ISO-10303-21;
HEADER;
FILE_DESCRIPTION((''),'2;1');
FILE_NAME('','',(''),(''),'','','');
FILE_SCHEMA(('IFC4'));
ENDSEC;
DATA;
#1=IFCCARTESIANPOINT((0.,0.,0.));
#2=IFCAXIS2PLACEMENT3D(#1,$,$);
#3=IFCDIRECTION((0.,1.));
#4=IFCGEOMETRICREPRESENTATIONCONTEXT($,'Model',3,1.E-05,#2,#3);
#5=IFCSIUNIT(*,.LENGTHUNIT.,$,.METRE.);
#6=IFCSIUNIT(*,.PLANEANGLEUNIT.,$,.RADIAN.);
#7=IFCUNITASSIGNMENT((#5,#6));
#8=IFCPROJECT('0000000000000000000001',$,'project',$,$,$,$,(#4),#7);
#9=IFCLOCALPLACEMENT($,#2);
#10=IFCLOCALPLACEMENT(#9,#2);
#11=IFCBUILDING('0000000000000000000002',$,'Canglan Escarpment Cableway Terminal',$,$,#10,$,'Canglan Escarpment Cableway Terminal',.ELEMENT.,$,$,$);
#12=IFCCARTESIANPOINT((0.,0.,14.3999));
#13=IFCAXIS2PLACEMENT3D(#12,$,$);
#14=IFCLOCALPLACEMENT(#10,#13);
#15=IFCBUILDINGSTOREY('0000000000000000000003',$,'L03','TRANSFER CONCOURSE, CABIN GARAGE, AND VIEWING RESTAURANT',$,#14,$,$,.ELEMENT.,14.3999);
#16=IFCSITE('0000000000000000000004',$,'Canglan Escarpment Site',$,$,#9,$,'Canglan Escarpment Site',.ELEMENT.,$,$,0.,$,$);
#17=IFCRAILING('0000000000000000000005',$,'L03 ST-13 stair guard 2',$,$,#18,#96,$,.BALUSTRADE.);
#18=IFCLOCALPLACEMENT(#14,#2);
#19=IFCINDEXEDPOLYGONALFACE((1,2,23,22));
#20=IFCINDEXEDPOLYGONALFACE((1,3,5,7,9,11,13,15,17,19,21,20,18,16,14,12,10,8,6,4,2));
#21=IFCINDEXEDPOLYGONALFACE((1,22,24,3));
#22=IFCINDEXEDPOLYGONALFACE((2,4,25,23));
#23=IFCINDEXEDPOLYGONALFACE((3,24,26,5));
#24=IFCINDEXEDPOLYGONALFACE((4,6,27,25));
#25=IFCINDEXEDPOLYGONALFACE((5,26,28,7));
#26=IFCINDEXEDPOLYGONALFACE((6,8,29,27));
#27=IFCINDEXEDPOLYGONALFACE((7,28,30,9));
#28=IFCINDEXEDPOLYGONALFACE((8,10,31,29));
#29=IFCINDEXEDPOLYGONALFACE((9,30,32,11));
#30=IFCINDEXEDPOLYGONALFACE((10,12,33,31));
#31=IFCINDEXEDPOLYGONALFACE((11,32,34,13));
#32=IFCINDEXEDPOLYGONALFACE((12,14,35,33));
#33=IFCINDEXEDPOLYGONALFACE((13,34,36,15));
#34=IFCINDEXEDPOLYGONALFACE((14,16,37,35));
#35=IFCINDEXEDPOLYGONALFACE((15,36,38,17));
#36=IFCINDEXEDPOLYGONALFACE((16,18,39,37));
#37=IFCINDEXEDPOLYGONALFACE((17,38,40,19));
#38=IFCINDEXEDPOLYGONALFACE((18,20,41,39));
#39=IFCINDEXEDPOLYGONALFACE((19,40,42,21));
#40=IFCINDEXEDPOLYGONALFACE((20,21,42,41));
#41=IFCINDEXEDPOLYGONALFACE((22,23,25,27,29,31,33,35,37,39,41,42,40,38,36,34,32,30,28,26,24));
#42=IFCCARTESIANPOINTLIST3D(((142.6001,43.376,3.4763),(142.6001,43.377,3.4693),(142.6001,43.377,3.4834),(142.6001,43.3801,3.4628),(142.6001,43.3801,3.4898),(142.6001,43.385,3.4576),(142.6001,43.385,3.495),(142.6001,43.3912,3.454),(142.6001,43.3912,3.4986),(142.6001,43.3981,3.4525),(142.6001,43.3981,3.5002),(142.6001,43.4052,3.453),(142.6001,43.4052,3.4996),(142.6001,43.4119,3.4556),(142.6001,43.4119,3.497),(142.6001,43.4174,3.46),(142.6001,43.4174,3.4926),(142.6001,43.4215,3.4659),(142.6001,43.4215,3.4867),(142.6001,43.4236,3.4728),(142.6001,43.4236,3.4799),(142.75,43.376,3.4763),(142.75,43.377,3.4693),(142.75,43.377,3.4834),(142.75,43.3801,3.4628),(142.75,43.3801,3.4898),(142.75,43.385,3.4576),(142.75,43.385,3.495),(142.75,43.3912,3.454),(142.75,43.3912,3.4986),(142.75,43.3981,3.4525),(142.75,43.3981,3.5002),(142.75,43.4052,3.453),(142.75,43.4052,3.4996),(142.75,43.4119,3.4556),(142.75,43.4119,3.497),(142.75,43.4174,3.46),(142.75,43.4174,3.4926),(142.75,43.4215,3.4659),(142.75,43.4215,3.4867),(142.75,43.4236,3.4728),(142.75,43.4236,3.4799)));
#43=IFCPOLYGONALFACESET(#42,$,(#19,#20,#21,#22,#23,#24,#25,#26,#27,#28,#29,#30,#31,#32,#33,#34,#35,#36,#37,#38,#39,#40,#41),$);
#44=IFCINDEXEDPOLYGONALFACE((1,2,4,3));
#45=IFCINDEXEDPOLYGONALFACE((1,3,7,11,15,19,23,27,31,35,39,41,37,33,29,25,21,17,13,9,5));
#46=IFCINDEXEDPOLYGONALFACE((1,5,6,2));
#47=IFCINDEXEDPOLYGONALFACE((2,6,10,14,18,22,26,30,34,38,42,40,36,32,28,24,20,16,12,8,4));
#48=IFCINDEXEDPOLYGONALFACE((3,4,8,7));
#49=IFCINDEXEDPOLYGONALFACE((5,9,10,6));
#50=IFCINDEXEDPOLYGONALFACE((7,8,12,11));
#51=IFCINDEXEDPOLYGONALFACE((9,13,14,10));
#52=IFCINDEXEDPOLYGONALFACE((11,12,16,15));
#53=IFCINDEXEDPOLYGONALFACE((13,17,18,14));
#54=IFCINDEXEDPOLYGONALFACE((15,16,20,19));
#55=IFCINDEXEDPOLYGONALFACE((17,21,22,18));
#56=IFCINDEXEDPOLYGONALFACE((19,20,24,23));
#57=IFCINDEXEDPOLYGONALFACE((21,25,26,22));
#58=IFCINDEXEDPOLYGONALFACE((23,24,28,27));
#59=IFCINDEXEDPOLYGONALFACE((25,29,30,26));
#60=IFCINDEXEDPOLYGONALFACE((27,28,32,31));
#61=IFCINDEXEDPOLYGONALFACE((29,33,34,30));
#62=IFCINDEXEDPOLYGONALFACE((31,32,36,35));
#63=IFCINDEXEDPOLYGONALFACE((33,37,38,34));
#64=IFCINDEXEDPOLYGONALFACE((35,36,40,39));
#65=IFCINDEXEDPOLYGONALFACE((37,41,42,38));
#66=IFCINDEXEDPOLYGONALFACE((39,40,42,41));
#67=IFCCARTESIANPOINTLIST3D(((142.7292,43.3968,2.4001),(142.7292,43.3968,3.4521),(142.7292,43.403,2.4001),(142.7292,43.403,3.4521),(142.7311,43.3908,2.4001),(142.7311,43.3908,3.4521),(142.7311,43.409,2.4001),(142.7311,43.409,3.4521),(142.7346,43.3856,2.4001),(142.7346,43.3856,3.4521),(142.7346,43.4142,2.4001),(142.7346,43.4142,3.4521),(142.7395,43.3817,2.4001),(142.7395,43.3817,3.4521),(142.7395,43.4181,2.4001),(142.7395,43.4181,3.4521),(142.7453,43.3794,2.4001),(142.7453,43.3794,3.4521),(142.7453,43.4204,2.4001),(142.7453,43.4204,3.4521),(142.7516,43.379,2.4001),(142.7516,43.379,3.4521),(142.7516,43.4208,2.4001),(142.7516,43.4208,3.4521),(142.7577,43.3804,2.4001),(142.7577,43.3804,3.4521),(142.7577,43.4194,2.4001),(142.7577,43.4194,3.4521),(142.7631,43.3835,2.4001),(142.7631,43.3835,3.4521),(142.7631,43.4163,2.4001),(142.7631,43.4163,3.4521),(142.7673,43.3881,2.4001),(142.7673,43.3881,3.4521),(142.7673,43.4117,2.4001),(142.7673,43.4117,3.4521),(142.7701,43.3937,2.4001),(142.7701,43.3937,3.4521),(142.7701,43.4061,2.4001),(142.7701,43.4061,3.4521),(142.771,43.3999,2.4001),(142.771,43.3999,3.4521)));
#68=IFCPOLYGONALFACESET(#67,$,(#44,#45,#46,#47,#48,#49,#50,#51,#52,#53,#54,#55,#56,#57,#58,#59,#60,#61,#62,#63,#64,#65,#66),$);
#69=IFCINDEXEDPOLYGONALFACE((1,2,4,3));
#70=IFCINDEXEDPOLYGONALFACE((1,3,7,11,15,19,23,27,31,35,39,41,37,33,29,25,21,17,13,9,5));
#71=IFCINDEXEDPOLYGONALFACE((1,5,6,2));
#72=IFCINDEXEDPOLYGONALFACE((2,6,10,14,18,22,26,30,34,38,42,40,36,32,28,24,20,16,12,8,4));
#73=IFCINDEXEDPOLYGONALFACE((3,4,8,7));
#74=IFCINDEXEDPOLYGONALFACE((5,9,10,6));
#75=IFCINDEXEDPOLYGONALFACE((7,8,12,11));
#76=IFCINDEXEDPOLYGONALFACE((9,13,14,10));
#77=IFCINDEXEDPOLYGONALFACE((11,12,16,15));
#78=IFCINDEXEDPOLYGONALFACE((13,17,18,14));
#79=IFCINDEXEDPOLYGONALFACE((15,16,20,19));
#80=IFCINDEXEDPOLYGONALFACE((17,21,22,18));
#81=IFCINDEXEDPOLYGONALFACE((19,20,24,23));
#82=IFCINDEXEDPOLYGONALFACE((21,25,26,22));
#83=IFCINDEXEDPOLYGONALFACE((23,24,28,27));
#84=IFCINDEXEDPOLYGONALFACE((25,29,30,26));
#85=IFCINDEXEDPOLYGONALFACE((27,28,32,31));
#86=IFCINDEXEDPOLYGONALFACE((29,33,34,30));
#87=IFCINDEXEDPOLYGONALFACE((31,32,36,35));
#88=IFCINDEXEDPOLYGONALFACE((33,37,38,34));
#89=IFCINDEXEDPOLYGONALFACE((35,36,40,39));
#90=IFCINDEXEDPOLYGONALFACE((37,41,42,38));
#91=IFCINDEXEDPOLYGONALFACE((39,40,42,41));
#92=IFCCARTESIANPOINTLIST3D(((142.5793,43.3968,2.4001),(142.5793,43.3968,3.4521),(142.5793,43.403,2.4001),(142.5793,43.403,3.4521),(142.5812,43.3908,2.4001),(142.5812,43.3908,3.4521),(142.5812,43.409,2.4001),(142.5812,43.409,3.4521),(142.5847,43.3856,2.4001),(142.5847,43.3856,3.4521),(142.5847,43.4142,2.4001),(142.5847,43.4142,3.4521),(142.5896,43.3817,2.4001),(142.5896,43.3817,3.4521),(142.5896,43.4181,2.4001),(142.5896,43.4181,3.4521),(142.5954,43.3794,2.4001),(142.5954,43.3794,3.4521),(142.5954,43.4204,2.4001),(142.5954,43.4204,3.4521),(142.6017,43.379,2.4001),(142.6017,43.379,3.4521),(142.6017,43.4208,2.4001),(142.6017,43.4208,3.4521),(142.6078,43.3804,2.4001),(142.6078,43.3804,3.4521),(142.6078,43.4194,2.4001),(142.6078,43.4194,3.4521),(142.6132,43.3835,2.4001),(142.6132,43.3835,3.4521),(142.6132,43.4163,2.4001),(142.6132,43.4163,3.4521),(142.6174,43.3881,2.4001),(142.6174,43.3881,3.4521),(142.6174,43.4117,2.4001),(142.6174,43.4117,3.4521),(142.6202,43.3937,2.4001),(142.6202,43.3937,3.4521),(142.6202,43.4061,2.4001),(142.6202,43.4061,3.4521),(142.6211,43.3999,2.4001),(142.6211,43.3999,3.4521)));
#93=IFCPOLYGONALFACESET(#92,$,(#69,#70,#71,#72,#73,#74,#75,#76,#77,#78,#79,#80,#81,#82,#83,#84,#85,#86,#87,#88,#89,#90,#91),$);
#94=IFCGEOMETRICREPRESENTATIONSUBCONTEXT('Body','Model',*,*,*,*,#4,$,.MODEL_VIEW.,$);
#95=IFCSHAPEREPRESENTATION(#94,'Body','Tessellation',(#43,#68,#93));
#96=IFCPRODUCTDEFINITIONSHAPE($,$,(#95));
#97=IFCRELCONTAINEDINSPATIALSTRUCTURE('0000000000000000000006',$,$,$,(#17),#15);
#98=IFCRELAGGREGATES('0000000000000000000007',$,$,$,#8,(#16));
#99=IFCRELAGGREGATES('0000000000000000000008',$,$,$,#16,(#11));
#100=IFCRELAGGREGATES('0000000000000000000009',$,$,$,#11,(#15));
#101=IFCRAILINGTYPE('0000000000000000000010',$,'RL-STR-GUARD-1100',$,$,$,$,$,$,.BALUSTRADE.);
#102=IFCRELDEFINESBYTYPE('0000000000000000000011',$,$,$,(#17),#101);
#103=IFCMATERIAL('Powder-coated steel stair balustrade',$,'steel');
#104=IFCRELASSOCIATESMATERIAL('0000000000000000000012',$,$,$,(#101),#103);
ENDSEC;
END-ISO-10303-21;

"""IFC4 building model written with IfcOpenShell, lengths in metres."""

from ifc_helpers import new_model, si_unit, direction, frame, origin, origin_2d, place, context, subcontext, project, spatial, circle, extrude, material, type_object, element, save


model = new_model("IFC4")

# Units and contexts
model_context = context("Model", 3, precision=1e-05, world=origin(), true_north=direction((0.0, 1.0)))
body_context = subcontext(model_context, "Body", "Model", "MODEL_VIEW")
ifc_project = project(units=[si_unit("LENGTHUNIT", "METRE"), si_unit("PLANEANGLEUNIT", "RADIAN")], contexts=[model_context])

# Site, building, storey
site_placement = place(None, origin())
site = spatial("IfcSite", under=ifc_project, at=site_placement, Name="Canglan Escarpment Site", LongName="Canglan Escarpment Site", CompositionType="ELEMENT", RefElevation=0.0)
building_placement = place(site_placement, origin())
building = spatial("IfcBuilding", under=site, at=building_placement, Name="Canglan Escarpment Cableway Terminal", LongName="Canglan Escarpment Cableway Terminal", CompositionType="ELEMENT")
storey_placement = place(building_placement, frame((0.0, 0.0, 14.3999)))
storey = spatial("IfcBuildingStorey", under=building, at=storey_placement, Name="L03", Description="TRANSFER CONCOURSE, CABIN GARAGE, AND VIEWING RESTAURANT", CompositionType="ELEMENT", Elevation=14.3999)

# Railing
ifc_material_1 = material(Name="Powder-coated steel stair balustrade", Category="steel")
railing_type_1 = type_object("IfcRailingType", Name="RL-STR-GUARD-1100", PredefinedType="BALUSTRADE", material=ifc_material_1)
railing_1_placement = place(storey_placement, frame((142.75, 43.3999, 2.4001)))
element("IfcRailing", 1, at=railing_1_placement, inside=storey, type_object=railing_type_1, Name="L03 ST-13 stair guard 2", PredefinedType="BALUSTRADE", context=body_context, shape_type="SweptSolid", body=[
    extrude(circle(Radius=0.0239, at=origin_2d()), frame((0.0, 0.0, 1.0762), z_axis=(-1.0, 0.0, 0.0), x_axis=(0.0, -1.0, 0.0)), (0.0, 0.0, 1.0), 0.1499),
    extrude(circle(Radius=0.021, at=origin_2d()), origin(), (0.0, 0.0, 1.0), 1.052),
    extrude(circle(Radius=0.021, at=origin_2d()), frame((-0.1499, 0.0, 0.0)), (0.0, 0.0, 1.0), 1.052),
])

save(model, "model.ifc")
